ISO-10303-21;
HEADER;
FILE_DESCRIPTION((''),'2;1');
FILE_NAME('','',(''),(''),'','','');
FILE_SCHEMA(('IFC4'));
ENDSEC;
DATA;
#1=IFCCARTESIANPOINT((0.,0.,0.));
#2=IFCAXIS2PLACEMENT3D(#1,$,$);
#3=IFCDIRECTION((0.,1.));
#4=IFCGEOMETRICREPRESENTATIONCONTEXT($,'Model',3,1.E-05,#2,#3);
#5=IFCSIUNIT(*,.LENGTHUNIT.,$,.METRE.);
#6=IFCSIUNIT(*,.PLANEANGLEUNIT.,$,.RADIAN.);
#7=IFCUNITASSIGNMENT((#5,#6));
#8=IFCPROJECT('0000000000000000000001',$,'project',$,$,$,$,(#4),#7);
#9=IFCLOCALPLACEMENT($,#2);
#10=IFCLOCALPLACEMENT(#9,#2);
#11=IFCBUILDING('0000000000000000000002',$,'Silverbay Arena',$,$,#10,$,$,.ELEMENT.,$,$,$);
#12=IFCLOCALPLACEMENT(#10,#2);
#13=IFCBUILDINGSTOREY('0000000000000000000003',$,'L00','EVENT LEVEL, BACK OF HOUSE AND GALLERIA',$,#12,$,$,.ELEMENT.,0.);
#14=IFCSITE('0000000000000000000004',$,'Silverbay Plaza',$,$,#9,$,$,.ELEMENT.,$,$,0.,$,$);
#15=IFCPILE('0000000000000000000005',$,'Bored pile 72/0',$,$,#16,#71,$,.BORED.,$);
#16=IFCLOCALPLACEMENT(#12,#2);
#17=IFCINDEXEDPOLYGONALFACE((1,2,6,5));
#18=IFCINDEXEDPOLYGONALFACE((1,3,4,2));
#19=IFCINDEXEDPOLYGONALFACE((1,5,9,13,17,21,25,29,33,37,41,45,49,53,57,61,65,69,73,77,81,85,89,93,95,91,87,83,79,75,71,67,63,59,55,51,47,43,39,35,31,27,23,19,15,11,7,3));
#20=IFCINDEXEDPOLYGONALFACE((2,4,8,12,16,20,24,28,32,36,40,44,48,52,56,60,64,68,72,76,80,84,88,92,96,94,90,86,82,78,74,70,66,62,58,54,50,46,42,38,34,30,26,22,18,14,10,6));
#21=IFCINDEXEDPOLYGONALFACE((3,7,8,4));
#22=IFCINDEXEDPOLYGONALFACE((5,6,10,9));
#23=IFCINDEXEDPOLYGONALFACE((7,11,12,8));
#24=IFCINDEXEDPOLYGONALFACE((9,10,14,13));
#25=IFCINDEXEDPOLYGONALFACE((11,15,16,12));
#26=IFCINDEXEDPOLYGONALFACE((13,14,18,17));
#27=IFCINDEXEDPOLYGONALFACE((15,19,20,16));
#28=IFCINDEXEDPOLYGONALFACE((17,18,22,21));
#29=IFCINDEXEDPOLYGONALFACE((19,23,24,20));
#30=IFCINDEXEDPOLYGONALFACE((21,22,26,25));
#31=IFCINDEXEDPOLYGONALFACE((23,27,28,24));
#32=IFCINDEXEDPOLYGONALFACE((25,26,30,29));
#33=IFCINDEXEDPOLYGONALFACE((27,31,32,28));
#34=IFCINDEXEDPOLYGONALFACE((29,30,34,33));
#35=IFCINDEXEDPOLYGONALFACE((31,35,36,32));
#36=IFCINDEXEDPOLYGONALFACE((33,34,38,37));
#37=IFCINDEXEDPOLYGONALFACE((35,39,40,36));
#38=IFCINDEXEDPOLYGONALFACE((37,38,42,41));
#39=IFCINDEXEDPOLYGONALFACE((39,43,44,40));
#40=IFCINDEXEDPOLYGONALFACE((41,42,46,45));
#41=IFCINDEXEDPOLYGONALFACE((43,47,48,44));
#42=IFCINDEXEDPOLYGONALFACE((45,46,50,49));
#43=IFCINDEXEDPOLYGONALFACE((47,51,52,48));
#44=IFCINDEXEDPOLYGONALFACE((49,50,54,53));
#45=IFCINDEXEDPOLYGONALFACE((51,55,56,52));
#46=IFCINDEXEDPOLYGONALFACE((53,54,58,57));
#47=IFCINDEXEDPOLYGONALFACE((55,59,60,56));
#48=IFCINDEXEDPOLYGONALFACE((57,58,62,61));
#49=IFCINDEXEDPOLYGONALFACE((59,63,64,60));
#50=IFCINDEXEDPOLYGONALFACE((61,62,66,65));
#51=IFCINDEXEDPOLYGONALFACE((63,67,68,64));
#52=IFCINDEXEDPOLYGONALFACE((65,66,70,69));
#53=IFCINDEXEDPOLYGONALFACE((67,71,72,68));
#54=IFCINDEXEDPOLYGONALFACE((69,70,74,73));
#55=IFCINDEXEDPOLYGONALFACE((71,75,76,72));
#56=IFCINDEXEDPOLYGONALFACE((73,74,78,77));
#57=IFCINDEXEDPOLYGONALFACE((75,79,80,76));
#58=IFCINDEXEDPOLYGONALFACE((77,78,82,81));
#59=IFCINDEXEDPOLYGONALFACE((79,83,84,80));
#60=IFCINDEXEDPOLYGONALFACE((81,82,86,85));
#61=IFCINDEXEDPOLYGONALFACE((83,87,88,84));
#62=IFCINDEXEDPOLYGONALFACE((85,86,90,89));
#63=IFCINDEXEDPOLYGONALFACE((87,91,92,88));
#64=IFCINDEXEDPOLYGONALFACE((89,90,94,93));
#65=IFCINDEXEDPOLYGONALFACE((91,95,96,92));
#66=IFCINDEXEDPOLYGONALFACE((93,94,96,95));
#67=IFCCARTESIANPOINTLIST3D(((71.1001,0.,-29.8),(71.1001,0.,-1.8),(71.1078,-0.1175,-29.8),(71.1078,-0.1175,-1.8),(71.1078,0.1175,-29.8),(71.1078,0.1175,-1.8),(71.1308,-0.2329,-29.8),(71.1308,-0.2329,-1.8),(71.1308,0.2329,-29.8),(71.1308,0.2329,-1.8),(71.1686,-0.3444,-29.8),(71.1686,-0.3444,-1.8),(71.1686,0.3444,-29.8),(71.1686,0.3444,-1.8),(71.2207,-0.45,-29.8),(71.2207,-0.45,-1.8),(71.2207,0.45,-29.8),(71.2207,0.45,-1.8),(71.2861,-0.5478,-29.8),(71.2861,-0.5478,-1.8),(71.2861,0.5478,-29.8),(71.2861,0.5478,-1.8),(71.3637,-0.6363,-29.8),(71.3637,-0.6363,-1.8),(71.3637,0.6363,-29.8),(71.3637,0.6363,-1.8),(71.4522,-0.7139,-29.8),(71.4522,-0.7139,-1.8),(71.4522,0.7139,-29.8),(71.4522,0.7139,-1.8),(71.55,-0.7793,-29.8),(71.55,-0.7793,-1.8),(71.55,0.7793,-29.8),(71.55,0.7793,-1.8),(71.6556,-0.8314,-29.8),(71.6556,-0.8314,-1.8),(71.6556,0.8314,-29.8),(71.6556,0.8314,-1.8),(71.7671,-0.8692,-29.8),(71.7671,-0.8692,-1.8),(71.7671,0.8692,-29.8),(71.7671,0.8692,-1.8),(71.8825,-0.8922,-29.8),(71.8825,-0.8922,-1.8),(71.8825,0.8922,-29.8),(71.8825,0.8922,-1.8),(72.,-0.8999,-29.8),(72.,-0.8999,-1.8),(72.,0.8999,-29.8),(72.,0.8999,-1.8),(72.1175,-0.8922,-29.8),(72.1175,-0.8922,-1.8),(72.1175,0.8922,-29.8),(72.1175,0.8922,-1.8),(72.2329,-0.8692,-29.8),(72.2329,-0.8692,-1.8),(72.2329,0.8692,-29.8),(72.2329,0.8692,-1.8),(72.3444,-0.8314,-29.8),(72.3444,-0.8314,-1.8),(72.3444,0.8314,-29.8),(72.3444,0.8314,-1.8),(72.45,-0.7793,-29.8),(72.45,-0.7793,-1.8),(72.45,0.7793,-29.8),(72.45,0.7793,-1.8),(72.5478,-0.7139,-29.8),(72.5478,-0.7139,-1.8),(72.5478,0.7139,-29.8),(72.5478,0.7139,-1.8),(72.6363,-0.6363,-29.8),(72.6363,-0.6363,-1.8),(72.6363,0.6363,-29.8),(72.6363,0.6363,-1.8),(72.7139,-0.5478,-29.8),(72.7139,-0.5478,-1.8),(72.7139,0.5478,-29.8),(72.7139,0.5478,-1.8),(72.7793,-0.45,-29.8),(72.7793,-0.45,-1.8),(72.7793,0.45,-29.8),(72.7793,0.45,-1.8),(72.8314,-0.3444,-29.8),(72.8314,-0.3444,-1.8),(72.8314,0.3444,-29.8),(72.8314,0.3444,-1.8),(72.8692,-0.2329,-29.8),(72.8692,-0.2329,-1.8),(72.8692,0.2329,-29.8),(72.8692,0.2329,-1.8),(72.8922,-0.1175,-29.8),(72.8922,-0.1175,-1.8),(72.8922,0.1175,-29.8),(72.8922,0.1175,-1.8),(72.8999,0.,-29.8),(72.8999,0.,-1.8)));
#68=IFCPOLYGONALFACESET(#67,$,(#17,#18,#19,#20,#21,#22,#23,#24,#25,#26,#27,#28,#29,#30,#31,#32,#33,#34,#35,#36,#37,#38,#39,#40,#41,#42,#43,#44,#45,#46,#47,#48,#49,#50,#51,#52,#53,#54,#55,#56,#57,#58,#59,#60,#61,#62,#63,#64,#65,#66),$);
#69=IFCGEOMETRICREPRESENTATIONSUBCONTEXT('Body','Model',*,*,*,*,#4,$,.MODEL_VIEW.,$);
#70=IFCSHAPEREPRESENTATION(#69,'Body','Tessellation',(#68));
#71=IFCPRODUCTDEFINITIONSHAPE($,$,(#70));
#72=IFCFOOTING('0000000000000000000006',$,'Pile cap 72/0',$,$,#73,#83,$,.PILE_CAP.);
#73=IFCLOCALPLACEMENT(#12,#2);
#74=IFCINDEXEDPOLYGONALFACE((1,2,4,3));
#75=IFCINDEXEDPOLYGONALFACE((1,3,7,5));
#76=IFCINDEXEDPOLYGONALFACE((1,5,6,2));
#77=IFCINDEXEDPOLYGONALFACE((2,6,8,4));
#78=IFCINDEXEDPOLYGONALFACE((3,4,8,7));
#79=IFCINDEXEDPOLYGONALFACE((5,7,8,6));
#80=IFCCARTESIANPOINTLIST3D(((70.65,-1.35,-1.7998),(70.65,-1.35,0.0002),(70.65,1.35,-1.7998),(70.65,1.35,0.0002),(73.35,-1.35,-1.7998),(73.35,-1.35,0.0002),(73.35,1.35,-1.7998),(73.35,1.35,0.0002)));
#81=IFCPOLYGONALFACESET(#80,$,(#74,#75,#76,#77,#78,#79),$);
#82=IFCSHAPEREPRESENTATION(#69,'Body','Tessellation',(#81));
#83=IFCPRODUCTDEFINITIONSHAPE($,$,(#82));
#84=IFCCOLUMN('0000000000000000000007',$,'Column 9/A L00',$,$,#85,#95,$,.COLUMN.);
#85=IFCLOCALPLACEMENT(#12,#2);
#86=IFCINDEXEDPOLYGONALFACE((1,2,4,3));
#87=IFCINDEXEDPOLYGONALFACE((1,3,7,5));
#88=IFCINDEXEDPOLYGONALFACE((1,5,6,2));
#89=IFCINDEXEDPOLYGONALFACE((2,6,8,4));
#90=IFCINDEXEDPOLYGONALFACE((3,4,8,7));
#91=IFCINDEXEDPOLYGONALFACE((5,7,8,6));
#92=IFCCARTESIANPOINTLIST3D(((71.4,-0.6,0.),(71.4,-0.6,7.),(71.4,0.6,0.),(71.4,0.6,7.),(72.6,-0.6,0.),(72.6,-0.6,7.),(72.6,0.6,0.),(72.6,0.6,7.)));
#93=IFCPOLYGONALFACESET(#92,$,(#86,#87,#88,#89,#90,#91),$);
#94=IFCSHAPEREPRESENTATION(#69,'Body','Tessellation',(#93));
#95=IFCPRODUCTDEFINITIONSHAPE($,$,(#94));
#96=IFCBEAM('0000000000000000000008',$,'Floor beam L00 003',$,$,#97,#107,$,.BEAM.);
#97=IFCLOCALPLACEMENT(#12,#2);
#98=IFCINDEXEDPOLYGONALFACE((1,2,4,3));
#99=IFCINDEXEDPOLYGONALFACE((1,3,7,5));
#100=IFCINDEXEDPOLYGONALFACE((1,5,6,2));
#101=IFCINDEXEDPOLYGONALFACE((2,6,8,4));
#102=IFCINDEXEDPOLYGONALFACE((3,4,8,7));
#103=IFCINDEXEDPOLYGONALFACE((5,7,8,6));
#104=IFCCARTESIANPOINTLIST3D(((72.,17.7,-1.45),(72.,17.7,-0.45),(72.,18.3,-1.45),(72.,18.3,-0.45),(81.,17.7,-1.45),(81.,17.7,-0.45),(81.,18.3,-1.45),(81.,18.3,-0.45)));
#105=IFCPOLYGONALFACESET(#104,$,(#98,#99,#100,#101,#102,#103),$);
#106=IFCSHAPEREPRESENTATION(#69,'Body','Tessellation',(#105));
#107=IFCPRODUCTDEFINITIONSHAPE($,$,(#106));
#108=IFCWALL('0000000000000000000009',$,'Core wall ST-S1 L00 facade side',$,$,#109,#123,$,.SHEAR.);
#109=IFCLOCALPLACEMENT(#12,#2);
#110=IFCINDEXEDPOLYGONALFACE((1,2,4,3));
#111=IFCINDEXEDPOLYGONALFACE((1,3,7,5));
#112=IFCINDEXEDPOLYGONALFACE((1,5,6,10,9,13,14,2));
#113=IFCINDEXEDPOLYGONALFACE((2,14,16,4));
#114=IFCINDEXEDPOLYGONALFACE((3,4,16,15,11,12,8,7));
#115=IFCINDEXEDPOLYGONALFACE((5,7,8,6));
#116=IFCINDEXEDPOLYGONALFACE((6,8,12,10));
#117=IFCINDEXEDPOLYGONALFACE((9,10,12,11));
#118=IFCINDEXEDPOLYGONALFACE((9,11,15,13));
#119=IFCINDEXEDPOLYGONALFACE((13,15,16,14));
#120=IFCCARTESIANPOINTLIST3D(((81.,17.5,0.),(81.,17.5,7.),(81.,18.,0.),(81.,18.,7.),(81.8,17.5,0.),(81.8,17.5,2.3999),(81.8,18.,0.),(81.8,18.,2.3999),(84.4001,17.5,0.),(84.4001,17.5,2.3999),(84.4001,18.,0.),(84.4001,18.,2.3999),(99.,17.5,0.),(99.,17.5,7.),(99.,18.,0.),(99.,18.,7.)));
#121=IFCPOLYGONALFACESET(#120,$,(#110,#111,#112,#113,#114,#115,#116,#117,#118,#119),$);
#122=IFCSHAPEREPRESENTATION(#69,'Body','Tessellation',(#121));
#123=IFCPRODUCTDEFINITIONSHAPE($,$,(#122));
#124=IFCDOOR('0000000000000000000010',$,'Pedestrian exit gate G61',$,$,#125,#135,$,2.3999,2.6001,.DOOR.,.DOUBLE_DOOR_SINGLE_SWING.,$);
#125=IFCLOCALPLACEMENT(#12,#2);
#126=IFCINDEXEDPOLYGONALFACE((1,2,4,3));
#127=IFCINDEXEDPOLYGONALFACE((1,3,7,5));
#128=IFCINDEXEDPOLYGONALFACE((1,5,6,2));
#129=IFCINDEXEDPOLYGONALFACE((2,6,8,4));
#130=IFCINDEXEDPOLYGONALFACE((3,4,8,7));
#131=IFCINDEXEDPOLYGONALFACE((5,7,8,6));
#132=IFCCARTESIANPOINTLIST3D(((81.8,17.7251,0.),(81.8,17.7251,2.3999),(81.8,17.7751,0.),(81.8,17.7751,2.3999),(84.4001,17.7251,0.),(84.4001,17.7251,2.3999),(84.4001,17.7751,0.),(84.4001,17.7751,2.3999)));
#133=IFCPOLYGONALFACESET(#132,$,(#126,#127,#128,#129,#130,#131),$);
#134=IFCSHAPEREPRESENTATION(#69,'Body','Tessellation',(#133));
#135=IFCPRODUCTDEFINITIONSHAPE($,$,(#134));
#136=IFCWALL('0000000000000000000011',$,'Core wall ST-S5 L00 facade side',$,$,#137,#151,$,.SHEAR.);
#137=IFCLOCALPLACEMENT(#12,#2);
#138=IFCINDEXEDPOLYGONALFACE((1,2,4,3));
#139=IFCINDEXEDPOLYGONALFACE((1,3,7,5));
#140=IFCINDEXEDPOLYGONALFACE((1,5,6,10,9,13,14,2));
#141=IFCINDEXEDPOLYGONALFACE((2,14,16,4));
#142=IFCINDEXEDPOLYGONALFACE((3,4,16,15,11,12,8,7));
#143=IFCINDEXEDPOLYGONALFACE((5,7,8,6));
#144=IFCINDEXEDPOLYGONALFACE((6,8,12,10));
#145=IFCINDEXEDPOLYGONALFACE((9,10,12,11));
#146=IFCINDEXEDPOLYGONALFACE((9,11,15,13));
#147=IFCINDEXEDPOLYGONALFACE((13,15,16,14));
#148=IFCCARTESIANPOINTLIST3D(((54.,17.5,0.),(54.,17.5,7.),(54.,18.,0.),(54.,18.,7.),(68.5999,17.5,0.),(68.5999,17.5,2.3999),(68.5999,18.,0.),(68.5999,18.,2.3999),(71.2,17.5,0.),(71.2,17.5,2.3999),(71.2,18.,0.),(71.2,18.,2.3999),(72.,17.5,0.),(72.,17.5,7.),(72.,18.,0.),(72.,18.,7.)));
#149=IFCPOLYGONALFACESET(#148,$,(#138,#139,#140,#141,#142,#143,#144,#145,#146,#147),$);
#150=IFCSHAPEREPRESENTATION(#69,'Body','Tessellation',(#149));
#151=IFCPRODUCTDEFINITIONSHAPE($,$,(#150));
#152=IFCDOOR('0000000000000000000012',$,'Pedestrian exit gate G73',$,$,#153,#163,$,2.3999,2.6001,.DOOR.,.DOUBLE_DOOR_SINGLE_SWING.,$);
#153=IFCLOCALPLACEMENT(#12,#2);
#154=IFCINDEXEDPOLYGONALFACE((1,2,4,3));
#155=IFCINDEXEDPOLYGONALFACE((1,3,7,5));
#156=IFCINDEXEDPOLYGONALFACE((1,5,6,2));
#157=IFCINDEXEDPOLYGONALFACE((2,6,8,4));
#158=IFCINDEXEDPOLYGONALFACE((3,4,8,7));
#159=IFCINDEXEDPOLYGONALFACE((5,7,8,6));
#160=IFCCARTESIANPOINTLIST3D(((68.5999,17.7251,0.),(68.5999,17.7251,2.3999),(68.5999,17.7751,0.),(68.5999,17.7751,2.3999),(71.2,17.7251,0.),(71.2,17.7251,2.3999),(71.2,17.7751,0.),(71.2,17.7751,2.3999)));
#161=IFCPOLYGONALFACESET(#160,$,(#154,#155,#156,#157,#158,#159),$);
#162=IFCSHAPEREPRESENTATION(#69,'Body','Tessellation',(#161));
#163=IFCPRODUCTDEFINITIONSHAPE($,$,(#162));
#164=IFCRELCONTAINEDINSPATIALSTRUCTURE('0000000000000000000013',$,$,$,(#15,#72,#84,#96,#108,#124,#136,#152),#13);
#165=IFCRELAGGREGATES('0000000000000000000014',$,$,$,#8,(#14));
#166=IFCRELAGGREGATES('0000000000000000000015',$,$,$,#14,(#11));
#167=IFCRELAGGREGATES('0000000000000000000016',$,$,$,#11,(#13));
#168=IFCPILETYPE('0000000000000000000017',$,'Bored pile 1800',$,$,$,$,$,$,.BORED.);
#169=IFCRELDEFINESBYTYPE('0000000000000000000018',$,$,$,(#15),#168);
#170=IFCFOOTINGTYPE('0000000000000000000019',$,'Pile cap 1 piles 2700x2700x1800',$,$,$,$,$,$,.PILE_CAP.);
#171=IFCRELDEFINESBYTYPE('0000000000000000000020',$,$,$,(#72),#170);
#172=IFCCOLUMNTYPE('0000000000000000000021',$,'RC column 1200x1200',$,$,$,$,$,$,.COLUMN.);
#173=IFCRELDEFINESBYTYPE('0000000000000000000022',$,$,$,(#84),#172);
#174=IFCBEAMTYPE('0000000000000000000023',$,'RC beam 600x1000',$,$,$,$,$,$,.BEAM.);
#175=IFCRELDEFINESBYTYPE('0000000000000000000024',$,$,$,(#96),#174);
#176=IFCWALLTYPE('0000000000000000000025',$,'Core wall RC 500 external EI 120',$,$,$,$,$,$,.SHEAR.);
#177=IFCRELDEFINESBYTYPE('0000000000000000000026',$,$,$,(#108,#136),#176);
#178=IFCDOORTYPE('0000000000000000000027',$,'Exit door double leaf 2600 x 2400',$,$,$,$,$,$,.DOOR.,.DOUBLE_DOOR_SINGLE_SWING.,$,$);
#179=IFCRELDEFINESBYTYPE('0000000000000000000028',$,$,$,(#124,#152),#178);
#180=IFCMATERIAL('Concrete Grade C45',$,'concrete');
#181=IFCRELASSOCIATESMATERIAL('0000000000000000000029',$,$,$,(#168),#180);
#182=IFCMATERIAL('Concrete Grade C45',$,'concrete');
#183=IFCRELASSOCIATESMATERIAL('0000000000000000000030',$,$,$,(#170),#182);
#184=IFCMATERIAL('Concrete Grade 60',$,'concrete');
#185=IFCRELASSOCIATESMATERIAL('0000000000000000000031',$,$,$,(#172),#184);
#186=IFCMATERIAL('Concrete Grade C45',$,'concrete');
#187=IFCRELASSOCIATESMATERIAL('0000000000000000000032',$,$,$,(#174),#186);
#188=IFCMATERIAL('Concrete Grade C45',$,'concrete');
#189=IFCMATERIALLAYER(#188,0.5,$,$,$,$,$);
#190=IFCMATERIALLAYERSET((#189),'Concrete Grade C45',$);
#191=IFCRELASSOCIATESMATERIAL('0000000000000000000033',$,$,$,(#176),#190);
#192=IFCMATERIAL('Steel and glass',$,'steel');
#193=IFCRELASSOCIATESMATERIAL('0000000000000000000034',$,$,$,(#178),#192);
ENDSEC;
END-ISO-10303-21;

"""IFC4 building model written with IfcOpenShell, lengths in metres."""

from ifc_helpers import new_model, si_unit, direction, frame, frame_2d, origin, origin_2d, place, context, subcontext, project, spatial, rectangle, circle, extrude, material, layer, layer_set, material_profile, profile_set, type_object, element, fill, save


model = new_model("IFC4")

# Units and contexts
model_context = context("Model", 3, precision=1e-05, world=origin(), true_north=direction((0.0, 1.0)))
body_context = subcontext(model_context, "Body", "Model", "MODEL_VIEW")
ifc_project = project(units=[si_unit("LENGTHUNIT", "METRE"), si_unit("PLANEANGLEUNIT", "RADIAN")], contexts=[model_context])

# Site, building, storey
site_placement = place(None, origin())
site = spatial("IfcSite", under=ifc_project, at=site_placement, Name="Silverbay Plaza", CompositionType="ELEMENT", RefElevation=0.0)
building_placement = place(site_placement, origin())
building = spatial("IfcBuilding", under=site, at=building_placement, Name="Silverbay Arena", CompositionType="ELEMENT")
storey_placement = place(building_placement, origin())
storey = spatial("IfcBuildingStorey", under=building, at=storey_placement, Name="L00", Description="EVENT LEVEL, BACK OF HOUSE AND GALLERIA", CompositionType="ELEMENT", Elevation=0.0)

# Pile
ifc_material_1 = material(Name="Concrete Grade C45", Category="concrete")
ifc_material_profile_1 = material_profile(ifc_material_1, circle(Radius=0.8999, at=origin_2d()), Name="Bored pile 1800")
ifc_profile_set_1 = profile_set([ifc_material_profile_1], Name="Concrete Grade C45")
pile_type = type_object("IfcPileType", Name="Bored pile 1800", PredefinedType="BORED", material=ifc_profile_set_1)
pile_placement = place(storey_placement, frame((72.0, 0.0, -1.8), z_axis=(0.0, 0.0, -1.0), x_axis=(1.0, 0.0, 0.0)))
element("IfcPile", 1, at=pile_placement, inside=storey, type_object=pile_type, Name="Bored pile 72/0", PredefinedType="BORED", context=body_context, shape_type="SweptSolid", body=[
    extrude(circle(Radius=0.8999, at=origin_2d()), origin(), (0.0, 0.0, 1.0), 28.0),
])

# Footing
ifc_material_2 = material(Name="Concrete Grade C45", Category="concrete")
footing_type = type_object("IfcFootingType", Name="Pile cap 1 piles 2700x2700x1800", PredefinedType="PILE_CAP", material=ifc_material_2)
footing_placement = place(storey_placement, frame((72.0, 0.0, -1.7998), z_axis=(0.0, 0.0, 1.0), x_axis=(1.0, 0.0, 0.0)))
element("IfcFooting", 2, at=footing_placement, inside=storey, type_object=footing_type, Name="Pile cap 72/0", PredefinedType="PILE_CAP", context=body_context, shape_type="SweptSolid", body=[
    extrude(rectangle(XDim=2.7, YDim=2.7, at=origin_2d()), origin(), (0.0, 0.0, 1.0), 1.8),
])

# Column
ifc_material_3 = material(Name="Concrete Grade 60", Category="concrete")
ifc_material_profile_2 = material_profile(ifc_material_3, rectangle(XDim=1.2, YDim=1.2, at=origin_2d()), Name="RC 1200x1200")
ifc_profile_set_2 = profile_set([ifc_material_profile_2], Name="Concrete Grade 60")
column_type = type_object("IfcColumnType", Name="RC column 1200x1200", PredefinedType="COLUMN", material=ifc_profile_set_2)
column_placement = place(storey_placement, frame((72.0, 0.0, 0.0), z_axis=(0.0, 0.0, 1.0), x_axis=(1.0, 0.0, 0.0)))
element("IfcColumn", 3, at=column_placement, inside=storey, type_object=column_type, Name="Column 9/A L00", PredefinedType="COLUMN", context=body_context, shape_type="SweptSolid", body=[
    extrude(rectangle(XDim=1.2, YDim=1.2, at=origin_2d()), origin(), (0.0, 0.0, 1.0), 7.0),
])

# Beam
ifc_material_4 = material(Name="Concrete Grade C45", Category="concrete")
ifc_material_profile_3 = material_profile(ifc_material_4, rectangle(XDim=0.6001, YDim=1.0, at=origin_2d()), Name="RC 600x1000")
ifc_profile_set_3 = profile_set([ifc_material_profile_3], Name="Concrete Grade C45")
beam_type = type_object("IfcBeamType", Name="RC beam 600x1000", PredefinedType="BEAM", material=ifc_profile_set_3)
beam_placement = place(storey_placement, frame((72.0, 18.0, -0.95), z_axis=(1.0, 0.0, 0.0), x_axis=(0.0, 1.0, 0.0)))
element("IfcBeam", 4, at=beam_placement, inside=storey, type_object=beam_type, Name="Floor beam L00 003", PredefinedType="BEAM", context=body_context, shape_type="SweptSolid", body=[
    extrude(rectangle(XDim=0.6001, YDim=1.0, at=origin_2d()), origin(), (0.0, 0.0, 1.0), 9.0),
])

# Walls, openings, doors
ifc_material_5 = material(Name="Concrete Grade C45", Category="concrete")
ifc_layer_1 = layer(ifc_material_5, 0.5)
ifc_layer_set_1 = layer_set([ifc_layer_1], Name="Concrete Grade C45")
wall_type_1 = type_object("IfcWallType", Name="Core wall RC 500 external EI 120", PredefinedType="SHEAR", material=ifc_layer_set_1)
wall_1_placement = place(storey_placement, frame((81.0, 17.75, 0.0), z_axis=(0.0, 0.0, 1.0), x_axis=(1.0, 0.0, 0.0)))
wall_1 = element("IfcWall", 5, at=wall_1_placement, inside=storey, type_object=wall_type_1, Name="Core wall ST-S1 L00 facade side", PredefinedType="SHEAR", context=body_context, shape_type="SweptSolid", body=[
    extrude(rectangle(XDim=18.0, YDim=0.5, at=frame_2d((9.0, 0.0))), origin(), (0.0, 0.0, 1.0), 7.0),
])
opening_1_placement = place(wall_1_placement, frame((0.8, 0.0, 0.0)))
opening_1 = element("IfcOpeningElement", 6, at=opening_1_placement, cuts=wall_1, PredefinedType="OPENING", context=body_context, shape_type="SweptSolid", body=[
    extrude(rectangle(XDim=2.6001, YDim=2.3999, at=frame_2d((1.3, 1.2))), frame((0.0, 0.26, 0.0), z_axis=(0.0, -1.0, 0.0), x_axis=(1.0, 0.0, 0.0)), (0.0, 0.0, 1.0), 0.52),
])
ifc_material_6 = material(Name="Steel and glass", Category="steel")
door_type_1 = type_object("IfcDoorType", Name="Exit door double leaf 2600 x 2400", OperationType="DOUBLE_DOOR_SINGLE_SWING", PredefinedType="DOOR", material=ifc_material_6)
door_1_placement = place(opening_1_placement, frame((2.6001, 0.0, 0.0), z_axis=(0.0, 0.0, 1.0), x_axis=(-1.0, 0.0, 0.0)))
door_1 = element("IfcDoor", 7, at=door_1_placement, inside=storey, type_object=door_type_1, Name="Pedestrian exit gate G61", OperationType="DOUBLE_DOOR_SINGLE_SWING", OverallHeight=2.3999, OverallWidth=2.6001, PredefinedType="DOOR", context=body_context, shape_type="SweptSolid", body=[
    extrude(rectangle(XDim=2.6001, YDim=2.3999, at=frame_2d((1.3, 1.2))), frame((0.0, 0.0249, 0.0), z_axis=(0.0, -1.0, 0.0), x_axis=(1.0, 0.0, 0.0)), (0.0, 0.0, 1.0), 0.05),
])
fill(opening_1, door_1)
wall_2_placement = place(storey_placement, frame((72.0, 17.75, 0.0), z_axis=(0.0, 0.0, 1.0), x_axis=(-1.0, 0.0, 0.0)))
wall_2 = element("IfcWall", 8, at=wall_2_placement, inside=storey, type_object=wall_type_1, Name="Core wall ST-S5 L00 facade side", PredefinedType="SHEAR", context=body_context, shape_type="SweptSolid", body=[
    extrude(rectangle(XDim=18.0, YDim=0.5, at=frame_2d((9.0, 0.0))), origin(), (0.0, 0.0, 1.0), 7.0),
])
opening_2_placement = place(wall_2_placement, frame((0.8, 0.0, 0.0)))
opening_2 = element("IfcOpeningElement", 9, at=opening_2_placement, cuts=wall_2, PredefinedType="OPENING", context=body_context, shape_type="SweptSolid", body=[
    extrude(rectangle(XDim=2.6001, YDim=2.3999, at=frame_2d((1.3, 1.2))), frame((0.0, 0.26, 0.0), z_axis=(0.0, -1.0, 0.0), x_axis=(1.0, 0.0, 0.0)), (0.0, 0.0, 1.0), 0.52),
])
door_2_placement = place(opening_2_placement, origin())
door_2 = element("IfcDoor", 10, at=door_2_placement, inside=storey, type_object=door_type_1, Name="Pedestrian exit gate G73", OperationType="DOUBLE_DOOR_SINGLE_SWING", OverallHeight=2.3999, OverallWidth=2.6001, PredefinedType="DOOR", context=body_context, shape_type="SweptSolid", body=[
    extrude(rectangle(XDim=2.6001, YDim=2.3999, at=frame_2d((1.3, 1.2))), frame((0.0, 0.0249, 0.0), z_axis=(0.0, -1.0, 0.0), x_axis=(1.0, 0.0, 0.0)), (0.0, 0.0, 1.0), 0.05),
])
fill(opening_2, door_2)

save(model, "model.ifc")
